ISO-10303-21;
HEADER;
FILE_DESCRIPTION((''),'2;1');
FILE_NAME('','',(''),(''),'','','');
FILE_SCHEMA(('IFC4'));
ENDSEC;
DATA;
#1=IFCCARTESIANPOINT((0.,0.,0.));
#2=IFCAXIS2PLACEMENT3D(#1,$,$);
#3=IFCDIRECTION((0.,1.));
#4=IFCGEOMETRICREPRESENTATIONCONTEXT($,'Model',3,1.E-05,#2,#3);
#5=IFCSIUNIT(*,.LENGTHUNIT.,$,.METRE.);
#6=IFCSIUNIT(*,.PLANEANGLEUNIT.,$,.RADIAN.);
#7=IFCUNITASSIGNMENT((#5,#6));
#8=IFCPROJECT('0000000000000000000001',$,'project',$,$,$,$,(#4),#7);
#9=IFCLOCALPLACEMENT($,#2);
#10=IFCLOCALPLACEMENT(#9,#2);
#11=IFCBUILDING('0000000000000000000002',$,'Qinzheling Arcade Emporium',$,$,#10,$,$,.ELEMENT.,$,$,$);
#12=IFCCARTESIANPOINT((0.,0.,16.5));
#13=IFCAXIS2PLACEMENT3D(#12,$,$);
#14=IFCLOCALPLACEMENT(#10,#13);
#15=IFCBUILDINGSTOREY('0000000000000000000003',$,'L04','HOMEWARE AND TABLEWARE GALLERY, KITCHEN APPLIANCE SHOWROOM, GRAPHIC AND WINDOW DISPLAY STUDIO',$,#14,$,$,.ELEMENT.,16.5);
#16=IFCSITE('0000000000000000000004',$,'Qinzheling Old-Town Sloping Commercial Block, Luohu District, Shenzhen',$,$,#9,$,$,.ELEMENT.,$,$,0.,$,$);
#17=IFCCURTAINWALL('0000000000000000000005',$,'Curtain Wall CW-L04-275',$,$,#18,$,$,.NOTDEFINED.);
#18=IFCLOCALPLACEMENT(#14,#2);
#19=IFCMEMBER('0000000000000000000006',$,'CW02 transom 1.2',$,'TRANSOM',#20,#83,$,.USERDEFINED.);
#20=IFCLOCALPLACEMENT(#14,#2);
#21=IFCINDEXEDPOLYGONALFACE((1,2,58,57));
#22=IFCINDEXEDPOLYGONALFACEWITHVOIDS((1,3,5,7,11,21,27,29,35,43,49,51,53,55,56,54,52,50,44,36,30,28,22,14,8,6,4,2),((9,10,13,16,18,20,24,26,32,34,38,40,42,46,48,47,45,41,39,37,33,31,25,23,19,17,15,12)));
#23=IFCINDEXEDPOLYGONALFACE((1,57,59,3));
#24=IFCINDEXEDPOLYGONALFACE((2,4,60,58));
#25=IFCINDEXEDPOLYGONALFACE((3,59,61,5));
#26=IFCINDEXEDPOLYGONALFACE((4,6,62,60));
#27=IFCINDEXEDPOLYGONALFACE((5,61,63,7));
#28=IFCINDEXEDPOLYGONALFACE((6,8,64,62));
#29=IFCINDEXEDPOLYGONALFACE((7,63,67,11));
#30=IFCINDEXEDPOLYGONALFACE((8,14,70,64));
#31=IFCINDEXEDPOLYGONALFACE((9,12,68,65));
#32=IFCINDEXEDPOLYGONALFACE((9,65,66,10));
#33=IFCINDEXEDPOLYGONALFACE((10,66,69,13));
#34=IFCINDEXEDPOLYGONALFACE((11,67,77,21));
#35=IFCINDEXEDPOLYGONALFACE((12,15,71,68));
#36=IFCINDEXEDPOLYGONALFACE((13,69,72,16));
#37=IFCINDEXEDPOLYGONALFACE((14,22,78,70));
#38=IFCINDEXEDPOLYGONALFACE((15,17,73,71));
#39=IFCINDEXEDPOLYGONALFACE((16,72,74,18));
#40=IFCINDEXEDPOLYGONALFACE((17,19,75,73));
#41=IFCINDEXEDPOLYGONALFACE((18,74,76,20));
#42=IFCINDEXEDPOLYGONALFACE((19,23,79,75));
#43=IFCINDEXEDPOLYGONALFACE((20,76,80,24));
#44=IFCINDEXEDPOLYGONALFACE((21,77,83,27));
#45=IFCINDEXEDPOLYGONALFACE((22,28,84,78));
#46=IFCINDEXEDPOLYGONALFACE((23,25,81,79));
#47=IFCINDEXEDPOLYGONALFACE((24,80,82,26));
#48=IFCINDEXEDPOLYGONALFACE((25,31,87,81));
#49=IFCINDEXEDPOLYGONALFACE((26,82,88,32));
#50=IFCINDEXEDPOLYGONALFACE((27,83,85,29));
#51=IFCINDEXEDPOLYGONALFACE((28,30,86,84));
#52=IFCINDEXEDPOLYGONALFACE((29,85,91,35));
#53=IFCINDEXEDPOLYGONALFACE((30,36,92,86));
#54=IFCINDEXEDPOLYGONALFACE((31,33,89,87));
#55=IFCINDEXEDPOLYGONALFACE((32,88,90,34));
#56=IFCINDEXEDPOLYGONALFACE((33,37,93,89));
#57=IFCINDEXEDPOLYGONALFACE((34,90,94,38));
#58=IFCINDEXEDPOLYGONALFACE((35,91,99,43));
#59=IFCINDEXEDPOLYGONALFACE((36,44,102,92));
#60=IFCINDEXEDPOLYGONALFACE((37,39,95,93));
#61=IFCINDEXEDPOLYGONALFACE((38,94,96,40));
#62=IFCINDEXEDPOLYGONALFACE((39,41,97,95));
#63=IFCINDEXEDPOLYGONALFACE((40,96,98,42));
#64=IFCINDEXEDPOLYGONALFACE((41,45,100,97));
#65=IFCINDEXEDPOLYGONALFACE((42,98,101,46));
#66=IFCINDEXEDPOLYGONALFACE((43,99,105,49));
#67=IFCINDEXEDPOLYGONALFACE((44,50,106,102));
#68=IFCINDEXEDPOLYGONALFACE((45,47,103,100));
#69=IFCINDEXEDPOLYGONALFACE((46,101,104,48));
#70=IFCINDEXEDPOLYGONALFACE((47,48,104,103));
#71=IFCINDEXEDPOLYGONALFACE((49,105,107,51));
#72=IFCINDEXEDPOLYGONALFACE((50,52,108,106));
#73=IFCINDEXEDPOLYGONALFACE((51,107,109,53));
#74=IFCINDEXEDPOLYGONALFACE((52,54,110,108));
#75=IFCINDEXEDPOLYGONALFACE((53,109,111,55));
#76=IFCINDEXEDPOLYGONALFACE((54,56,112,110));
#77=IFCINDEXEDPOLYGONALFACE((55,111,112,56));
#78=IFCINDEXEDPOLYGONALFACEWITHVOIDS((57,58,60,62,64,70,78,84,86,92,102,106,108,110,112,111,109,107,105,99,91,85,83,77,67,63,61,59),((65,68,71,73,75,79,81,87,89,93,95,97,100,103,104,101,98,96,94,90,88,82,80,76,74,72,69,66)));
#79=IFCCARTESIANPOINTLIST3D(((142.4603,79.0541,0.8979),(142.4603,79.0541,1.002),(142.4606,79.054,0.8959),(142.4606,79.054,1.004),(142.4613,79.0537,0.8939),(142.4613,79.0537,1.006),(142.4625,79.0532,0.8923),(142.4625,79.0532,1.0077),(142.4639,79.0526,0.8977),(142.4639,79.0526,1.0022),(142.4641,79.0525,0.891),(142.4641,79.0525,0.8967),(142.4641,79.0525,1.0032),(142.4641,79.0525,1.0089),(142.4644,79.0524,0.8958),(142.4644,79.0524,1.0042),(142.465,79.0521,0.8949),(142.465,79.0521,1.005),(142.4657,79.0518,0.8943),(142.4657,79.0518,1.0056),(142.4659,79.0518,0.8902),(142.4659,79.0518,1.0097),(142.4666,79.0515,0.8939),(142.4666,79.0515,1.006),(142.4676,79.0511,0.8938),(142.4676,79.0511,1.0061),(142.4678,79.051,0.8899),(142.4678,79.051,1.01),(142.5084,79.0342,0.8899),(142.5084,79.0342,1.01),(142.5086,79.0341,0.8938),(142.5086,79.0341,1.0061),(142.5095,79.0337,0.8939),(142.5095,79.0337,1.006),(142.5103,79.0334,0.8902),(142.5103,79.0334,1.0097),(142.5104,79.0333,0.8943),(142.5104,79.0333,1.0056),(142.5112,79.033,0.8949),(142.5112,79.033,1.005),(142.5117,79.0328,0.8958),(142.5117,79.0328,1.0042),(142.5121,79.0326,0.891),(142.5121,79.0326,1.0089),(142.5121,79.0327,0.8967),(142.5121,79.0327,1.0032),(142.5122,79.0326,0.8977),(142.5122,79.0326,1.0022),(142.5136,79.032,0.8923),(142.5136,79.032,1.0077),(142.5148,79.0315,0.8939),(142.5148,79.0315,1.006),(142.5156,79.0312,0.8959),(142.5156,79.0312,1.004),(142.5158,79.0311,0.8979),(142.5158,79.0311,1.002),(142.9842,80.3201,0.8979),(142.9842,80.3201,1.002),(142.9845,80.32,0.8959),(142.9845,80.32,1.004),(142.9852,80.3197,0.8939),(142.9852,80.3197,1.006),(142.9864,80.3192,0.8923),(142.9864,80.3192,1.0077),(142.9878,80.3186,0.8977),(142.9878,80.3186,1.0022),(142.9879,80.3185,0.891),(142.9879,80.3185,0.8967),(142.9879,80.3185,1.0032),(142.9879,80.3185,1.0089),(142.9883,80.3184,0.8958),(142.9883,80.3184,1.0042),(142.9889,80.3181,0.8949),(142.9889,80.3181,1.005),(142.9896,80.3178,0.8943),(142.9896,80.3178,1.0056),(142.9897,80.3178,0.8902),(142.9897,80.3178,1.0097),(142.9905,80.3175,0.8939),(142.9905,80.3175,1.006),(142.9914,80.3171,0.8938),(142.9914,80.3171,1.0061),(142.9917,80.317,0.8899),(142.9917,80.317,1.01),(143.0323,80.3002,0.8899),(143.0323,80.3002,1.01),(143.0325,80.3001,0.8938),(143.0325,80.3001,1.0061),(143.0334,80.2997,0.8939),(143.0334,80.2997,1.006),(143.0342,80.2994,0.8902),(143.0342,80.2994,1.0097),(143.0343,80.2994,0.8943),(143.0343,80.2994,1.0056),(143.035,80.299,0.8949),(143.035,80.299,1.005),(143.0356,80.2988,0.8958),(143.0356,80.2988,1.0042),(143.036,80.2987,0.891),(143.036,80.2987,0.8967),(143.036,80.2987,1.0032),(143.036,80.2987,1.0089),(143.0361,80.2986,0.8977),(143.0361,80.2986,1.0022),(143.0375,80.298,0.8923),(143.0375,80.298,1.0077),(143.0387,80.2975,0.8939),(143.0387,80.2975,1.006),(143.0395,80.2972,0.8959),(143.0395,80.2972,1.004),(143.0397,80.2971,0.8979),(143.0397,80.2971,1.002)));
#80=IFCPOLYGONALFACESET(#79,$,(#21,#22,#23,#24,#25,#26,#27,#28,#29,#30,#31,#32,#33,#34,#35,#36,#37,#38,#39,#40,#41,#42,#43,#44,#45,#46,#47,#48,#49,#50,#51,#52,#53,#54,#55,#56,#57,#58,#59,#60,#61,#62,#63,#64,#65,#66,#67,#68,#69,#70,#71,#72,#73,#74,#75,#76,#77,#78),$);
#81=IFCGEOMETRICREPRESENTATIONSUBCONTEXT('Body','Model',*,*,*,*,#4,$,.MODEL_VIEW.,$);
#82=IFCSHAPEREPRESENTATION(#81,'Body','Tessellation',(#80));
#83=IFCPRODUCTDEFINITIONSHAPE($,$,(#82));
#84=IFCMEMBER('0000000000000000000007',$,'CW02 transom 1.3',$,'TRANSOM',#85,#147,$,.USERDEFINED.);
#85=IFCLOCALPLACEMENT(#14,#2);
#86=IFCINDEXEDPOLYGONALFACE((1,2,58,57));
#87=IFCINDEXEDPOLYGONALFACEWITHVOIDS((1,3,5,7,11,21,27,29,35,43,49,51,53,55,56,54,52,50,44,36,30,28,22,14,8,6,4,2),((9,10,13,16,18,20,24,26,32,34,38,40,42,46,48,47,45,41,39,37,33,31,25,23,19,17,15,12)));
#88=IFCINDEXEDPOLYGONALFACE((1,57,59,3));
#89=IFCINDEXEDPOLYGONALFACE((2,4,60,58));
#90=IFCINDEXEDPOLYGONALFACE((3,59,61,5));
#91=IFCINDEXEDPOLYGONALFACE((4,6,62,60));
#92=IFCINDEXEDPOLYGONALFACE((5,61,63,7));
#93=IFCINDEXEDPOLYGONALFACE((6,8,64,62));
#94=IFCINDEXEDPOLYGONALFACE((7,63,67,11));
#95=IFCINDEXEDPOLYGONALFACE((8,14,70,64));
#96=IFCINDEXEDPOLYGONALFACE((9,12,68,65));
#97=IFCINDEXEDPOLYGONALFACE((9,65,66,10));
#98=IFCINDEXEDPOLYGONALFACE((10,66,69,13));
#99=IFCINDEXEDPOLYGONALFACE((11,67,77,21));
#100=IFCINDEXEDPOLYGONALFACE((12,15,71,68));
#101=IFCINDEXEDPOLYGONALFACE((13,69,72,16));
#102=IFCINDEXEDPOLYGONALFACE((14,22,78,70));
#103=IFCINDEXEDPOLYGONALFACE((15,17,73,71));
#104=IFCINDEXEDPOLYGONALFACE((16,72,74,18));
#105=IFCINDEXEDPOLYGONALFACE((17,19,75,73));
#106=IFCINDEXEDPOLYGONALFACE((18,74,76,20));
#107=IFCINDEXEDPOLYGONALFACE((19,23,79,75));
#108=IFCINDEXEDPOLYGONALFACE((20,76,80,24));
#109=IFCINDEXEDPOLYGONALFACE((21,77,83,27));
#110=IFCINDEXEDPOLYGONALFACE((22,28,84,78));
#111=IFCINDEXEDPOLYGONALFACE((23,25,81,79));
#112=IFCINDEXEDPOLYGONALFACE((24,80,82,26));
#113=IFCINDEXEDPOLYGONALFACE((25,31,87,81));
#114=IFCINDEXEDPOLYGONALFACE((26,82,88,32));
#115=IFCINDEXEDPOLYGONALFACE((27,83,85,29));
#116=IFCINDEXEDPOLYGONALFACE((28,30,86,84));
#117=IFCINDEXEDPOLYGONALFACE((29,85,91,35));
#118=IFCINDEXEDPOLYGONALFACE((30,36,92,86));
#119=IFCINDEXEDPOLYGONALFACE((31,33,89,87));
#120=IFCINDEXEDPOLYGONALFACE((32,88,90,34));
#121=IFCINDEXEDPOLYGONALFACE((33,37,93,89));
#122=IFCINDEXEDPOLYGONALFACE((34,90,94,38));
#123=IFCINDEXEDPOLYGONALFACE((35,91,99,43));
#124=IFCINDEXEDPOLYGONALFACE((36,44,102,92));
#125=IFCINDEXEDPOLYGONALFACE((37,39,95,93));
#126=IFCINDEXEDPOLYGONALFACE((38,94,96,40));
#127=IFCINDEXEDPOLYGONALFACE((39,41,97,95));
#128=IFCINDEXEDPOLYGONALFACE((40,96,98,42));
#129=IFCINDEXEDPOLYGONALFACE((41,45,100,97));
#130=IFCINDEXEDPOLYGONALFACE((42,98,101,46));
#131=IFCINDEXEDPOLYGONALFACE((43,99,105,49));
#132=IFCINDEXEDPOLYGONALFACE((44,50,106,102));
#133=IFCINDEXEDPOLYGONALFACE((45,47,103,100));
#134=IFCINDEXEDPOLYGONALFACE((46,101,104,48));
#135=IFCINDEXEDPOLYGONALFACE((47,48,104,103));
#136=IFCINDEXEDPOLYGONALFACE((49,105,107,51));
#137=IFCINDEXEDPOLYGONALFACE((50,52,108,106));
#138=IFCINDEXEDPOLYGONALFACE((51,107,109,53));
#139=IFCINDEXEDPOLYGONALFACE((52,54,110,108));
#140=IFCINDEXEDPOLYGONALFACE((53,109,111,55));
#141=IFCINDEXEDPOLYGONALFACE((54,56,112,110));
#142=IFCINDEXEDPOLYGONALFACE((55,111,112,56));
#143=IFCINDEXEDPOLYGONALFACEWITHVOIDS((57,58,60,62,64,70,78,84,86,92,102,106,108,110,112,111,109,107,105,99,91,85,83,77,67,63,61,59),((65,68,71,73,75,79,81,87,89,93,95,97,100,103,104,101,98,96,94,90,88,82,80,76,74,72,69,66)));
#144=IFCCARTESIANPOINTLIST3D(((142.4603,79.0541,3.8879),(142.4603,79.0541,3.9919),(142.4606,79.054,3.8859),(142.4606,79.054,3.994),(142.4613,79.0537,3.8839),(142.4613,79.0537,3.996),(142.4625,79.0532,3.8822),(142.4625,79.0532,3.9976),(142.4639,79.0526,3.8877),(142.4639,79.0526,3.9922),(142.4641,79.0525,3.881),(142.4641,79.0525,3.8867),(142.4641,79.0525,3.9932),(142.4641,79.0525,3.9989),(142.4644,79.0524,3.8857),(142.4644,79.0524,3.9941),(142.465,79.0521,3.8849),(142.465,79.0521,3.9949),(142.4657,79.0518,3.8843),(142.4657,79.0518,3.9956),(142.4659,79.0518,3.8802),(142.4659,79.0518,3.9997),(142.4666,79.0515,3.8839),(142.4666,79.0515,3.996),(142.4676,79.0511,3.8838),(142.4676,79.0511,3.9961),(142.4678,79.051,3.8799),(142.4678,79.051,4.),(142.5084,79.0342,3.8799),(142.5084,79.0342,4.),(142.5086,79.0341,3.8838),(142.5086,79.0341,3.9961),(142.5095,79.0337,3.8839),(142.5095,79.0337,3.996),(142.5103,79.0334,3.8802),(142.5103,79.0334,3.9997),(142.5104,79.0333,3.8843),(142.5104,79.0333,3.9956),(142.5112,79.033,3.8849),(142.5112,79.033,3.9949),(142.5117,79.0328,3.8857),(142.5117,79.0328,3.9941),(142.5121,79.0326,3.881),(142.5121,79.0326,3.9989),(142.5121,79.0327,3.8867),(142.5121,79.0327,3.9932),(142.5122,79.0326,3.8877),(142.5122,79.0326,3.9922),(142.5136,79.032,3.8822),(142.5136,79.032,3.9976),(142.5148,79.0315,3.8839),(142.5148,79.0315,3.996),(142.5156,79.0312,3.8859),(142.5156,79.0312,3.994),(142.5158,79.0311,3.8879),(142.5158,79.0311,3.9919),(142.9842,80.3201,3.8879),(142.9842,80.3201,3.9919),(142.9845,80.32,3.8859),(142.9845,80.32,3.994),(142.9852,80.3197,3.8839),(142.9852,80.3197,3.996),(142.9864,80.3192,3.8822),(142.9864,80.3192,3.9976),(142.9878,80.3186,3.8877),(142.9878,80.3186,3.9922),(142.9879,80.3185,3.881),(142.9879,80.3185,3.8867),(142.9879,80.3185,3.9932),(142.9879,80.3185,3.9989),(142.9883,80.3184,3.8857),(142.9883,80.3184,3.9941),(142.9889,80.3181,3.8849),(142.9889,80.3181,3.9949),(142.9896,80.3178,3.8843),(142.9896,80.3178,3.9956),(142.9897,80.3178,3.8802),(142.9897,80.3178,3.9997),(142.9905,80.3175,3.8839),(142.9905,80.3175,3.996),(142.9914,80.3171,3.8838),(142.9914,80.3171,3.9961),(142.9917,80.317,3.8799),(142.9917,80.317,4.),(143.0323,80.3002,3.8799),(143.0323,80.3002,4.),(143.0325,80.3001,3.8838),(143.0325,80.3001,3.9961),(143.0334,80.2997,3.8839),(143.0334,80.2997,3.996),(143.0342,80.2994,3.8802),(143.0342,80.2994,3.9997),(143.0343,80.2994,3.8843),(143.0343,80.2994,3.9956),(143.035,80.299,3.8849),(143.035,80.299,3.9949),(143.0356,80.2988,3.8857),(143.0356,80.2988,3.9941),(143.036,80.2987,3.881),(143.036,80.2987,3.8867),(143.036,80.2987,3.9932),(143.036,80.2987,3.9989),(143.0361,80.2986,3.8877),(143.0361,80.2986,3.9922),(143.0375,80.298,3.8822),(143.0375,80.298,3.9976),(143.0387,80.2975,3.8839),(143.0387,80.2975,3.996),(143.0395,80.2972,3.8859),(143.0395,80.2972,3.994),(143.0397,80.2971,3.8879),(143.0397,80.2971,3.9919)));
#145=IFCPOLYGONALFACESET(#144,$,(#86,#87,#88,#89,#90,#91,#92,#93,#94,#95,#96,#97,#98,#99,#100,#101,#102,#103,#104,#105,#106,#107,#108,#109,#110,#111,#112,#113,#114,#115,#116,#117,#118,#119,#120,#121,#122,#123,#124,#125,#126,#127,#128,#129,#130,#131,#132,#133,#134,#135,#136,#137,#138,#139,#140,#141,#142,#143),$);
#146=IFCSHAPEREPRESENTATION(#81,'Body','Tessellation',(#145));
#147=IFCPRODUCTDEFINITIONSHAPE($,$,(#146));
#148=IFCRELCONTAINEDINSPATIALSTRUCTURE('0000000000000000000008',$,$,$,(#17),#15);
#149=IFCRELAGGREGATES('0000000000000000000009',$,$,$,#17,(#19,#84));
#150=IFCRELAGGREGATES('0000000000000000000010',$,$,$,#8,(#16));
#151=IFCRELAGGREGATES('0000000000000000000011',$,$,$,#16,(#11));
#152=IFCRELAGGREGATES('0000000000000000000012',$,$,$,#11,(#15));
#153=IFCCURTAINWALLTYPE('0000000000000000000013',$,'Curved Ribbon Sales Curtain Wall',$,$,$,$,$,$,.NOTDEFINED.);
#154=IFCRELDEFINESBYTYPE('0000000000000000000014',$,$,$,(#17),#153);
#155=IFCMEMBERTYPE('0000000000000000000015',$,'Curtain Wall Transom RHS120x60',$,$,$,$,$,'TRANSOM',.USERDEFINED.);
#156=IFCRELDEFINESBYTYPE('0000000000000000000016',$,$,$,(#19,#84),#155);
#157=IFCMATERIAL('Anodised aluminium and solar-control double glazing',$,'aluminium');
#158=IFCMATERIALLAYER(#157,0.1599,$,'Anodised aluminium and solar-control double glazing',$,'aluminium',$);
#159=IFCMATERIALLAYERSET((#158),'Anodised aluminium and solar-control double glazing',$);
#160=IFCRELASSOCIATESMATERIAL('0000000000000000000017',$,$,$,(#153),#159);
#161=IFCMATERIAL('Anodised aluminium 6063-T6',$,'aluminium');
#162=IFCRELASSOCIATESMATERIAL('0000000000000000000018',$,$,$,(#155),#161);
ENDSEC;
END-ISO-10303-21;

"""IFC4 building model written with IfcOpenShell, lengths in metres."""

from ifc_helpers import new_model, si_unit, direction, frame, origin, origin_2d, place, context, subcontext, project, spatial, hollow_rectangle, extrude, material, layer, layer_set, material_profile, profile_set, type_object, element, aggregate, save


model = new_model("IFC4")

# Units and contexts
model_context = context("Model", 3, precision=1e-05, world=origin(), true_north=direction((0.0, 1.0)))
body_context = subcontext(model_context, "Body", "Model", "MODEL_VIEW")
ifc_project = project(units=[si_unit("LENGTHUNIT", "METRE"), si_unit("PLANEANGLEUNIT", "RADIAN")], contexts=[model_context])

# Site, building, storey
site_placement = place(None, origin())
site = spatial("IfcSite", under=ifc_project, at=site_placement, Name="Qinzheling Old-Town Sloping Commercial Block, Luohu District, Shenzhen", CompositionType="ELEMENT", RefElevation=0.0)
building_placement = place(site_placement, origin())
building = spatial("IfcBuilding", under=site, at=building_placement, Name="Qinzheling Arcade Emporium", CompositionType="ELEMENT")
storey_placement = place(building_placement, frame((0.0, 0.0, 16.5)))
storey = spatial("IfcBuildingStorey", under=building, at=storey_placement, Name="L04", Description="HOMEWARE AND TABLEWARE GALLERY, KITCHEN APPLIANCE SHOWROOM, GRAPHIC AND WINDOW DISPLAY STUDIO", CompositionType="ELEMENT", Elevation=16.5)

# Curtain wall
ifc_material_1 = material(Name="Anodised aluminium and solar-control double glazing", Category="aluminium")
ifc_layer_1 = layer(ifc_material_1, 0.1599, Name="Anodised aluminium and solar-control double glazing", Category="aluminium")
ifc_layer_set_1 = layer_set([ifc_layer_1], Name="Anodised aluminium and solar-control double glazing")
curtain_wall_type = type_object("IfcCurtainWallType", Name="Curved Ribbon Sales Curtain Wall", PredefinedType="NOTDEFINED", material=ifc_layer_set_1)
ifc_material_2 = material(Name="Anodised aluminium 6063-T6", Category="aluminium")
curtain_wall_1_placement = place(storey_placement, origin())
curtain_wall_1 = element("IfcCurtainWall", 1, at=curtain_wall_1_placement, inside=storey, type_object=curtain_wall_type, Name="Curtain Wall CW-L04-275", PredefinedType="NOTDEFINED")

# Members
ifc_material_profile_1 = material_profile(ifc_material_2, hollow_rectangle(XDim=0.0601, YDim=0.1201, WallThickness=0.0039, InnerFilletRadius=0.0039, OuterFilletRadius=0.0081, at=origin_2d()), Name="RHS 120x60x4", Category="aluminium")
ifc_profile_set_1 = profile_set([ifc_material_profile_1], Name="Anodised aluminium 6063-T6")
member_type_1 = type_object("IfcMemberType", Name="Curtain Wall Transom RHS120x60", ElementType="TRANSOM", PredefinedType="USERDEFINED", material=ifc_profile_set_1)
member_1_placement = place(storey_placement, frame((143.012, 80.3086, 0.95), z_axis=(-0.382362, -0.924012, 0.0), x_axis=(0.924012, -0.382362, 0.0)))
member_1 = element("IfcMember", 2, at=member_1_placement, type_object=member_type_1, Name="CW02 transom 1.2", ObjectType="TRANSOM", PredefinedType="USERDEFINED", context=body_context, shape_type="SweptSolid", body=[
    extrude(hollow_rectangle(XDim=0.0601, YDim=0.1201, WallThickness=0.0039, InnerFilletRadius=0.0039, OuterFilletRadius=0.0081, at=origin_2d()), origin(), (0.0, 0.0, 1.0), 1.3701),
])
member_2_placement = place(storey_placement, frame((143.012, 80.3086, 3.9399), z_axis=(-0.382362, -0.924012, 0.0), x_axis=(0.924012, -0.382362, 0.0)))
member_2 = element("IfcMember", 3, at=member_2_placement, type_object=member_type_1, Name="CW02 transom 1.3", ObjectType="TRANSOM", PredefinedType="USERDEFINED", context=body_context, shape_type="SweptSolid", body=[
    extrude(hollow_rectangle(XDim=0.0601, YDim=0.1201, WallThickness=0.0039, InnerFilletRadius=0.0039, OuterFilletRadius=0.0081, at=origin_2d()), origin(), (0.0, 0.0, 1.0), 1.3701),
])

aggregate(curtain_wall_1, [member_1, member_2])

save(model, "model.ifc")
